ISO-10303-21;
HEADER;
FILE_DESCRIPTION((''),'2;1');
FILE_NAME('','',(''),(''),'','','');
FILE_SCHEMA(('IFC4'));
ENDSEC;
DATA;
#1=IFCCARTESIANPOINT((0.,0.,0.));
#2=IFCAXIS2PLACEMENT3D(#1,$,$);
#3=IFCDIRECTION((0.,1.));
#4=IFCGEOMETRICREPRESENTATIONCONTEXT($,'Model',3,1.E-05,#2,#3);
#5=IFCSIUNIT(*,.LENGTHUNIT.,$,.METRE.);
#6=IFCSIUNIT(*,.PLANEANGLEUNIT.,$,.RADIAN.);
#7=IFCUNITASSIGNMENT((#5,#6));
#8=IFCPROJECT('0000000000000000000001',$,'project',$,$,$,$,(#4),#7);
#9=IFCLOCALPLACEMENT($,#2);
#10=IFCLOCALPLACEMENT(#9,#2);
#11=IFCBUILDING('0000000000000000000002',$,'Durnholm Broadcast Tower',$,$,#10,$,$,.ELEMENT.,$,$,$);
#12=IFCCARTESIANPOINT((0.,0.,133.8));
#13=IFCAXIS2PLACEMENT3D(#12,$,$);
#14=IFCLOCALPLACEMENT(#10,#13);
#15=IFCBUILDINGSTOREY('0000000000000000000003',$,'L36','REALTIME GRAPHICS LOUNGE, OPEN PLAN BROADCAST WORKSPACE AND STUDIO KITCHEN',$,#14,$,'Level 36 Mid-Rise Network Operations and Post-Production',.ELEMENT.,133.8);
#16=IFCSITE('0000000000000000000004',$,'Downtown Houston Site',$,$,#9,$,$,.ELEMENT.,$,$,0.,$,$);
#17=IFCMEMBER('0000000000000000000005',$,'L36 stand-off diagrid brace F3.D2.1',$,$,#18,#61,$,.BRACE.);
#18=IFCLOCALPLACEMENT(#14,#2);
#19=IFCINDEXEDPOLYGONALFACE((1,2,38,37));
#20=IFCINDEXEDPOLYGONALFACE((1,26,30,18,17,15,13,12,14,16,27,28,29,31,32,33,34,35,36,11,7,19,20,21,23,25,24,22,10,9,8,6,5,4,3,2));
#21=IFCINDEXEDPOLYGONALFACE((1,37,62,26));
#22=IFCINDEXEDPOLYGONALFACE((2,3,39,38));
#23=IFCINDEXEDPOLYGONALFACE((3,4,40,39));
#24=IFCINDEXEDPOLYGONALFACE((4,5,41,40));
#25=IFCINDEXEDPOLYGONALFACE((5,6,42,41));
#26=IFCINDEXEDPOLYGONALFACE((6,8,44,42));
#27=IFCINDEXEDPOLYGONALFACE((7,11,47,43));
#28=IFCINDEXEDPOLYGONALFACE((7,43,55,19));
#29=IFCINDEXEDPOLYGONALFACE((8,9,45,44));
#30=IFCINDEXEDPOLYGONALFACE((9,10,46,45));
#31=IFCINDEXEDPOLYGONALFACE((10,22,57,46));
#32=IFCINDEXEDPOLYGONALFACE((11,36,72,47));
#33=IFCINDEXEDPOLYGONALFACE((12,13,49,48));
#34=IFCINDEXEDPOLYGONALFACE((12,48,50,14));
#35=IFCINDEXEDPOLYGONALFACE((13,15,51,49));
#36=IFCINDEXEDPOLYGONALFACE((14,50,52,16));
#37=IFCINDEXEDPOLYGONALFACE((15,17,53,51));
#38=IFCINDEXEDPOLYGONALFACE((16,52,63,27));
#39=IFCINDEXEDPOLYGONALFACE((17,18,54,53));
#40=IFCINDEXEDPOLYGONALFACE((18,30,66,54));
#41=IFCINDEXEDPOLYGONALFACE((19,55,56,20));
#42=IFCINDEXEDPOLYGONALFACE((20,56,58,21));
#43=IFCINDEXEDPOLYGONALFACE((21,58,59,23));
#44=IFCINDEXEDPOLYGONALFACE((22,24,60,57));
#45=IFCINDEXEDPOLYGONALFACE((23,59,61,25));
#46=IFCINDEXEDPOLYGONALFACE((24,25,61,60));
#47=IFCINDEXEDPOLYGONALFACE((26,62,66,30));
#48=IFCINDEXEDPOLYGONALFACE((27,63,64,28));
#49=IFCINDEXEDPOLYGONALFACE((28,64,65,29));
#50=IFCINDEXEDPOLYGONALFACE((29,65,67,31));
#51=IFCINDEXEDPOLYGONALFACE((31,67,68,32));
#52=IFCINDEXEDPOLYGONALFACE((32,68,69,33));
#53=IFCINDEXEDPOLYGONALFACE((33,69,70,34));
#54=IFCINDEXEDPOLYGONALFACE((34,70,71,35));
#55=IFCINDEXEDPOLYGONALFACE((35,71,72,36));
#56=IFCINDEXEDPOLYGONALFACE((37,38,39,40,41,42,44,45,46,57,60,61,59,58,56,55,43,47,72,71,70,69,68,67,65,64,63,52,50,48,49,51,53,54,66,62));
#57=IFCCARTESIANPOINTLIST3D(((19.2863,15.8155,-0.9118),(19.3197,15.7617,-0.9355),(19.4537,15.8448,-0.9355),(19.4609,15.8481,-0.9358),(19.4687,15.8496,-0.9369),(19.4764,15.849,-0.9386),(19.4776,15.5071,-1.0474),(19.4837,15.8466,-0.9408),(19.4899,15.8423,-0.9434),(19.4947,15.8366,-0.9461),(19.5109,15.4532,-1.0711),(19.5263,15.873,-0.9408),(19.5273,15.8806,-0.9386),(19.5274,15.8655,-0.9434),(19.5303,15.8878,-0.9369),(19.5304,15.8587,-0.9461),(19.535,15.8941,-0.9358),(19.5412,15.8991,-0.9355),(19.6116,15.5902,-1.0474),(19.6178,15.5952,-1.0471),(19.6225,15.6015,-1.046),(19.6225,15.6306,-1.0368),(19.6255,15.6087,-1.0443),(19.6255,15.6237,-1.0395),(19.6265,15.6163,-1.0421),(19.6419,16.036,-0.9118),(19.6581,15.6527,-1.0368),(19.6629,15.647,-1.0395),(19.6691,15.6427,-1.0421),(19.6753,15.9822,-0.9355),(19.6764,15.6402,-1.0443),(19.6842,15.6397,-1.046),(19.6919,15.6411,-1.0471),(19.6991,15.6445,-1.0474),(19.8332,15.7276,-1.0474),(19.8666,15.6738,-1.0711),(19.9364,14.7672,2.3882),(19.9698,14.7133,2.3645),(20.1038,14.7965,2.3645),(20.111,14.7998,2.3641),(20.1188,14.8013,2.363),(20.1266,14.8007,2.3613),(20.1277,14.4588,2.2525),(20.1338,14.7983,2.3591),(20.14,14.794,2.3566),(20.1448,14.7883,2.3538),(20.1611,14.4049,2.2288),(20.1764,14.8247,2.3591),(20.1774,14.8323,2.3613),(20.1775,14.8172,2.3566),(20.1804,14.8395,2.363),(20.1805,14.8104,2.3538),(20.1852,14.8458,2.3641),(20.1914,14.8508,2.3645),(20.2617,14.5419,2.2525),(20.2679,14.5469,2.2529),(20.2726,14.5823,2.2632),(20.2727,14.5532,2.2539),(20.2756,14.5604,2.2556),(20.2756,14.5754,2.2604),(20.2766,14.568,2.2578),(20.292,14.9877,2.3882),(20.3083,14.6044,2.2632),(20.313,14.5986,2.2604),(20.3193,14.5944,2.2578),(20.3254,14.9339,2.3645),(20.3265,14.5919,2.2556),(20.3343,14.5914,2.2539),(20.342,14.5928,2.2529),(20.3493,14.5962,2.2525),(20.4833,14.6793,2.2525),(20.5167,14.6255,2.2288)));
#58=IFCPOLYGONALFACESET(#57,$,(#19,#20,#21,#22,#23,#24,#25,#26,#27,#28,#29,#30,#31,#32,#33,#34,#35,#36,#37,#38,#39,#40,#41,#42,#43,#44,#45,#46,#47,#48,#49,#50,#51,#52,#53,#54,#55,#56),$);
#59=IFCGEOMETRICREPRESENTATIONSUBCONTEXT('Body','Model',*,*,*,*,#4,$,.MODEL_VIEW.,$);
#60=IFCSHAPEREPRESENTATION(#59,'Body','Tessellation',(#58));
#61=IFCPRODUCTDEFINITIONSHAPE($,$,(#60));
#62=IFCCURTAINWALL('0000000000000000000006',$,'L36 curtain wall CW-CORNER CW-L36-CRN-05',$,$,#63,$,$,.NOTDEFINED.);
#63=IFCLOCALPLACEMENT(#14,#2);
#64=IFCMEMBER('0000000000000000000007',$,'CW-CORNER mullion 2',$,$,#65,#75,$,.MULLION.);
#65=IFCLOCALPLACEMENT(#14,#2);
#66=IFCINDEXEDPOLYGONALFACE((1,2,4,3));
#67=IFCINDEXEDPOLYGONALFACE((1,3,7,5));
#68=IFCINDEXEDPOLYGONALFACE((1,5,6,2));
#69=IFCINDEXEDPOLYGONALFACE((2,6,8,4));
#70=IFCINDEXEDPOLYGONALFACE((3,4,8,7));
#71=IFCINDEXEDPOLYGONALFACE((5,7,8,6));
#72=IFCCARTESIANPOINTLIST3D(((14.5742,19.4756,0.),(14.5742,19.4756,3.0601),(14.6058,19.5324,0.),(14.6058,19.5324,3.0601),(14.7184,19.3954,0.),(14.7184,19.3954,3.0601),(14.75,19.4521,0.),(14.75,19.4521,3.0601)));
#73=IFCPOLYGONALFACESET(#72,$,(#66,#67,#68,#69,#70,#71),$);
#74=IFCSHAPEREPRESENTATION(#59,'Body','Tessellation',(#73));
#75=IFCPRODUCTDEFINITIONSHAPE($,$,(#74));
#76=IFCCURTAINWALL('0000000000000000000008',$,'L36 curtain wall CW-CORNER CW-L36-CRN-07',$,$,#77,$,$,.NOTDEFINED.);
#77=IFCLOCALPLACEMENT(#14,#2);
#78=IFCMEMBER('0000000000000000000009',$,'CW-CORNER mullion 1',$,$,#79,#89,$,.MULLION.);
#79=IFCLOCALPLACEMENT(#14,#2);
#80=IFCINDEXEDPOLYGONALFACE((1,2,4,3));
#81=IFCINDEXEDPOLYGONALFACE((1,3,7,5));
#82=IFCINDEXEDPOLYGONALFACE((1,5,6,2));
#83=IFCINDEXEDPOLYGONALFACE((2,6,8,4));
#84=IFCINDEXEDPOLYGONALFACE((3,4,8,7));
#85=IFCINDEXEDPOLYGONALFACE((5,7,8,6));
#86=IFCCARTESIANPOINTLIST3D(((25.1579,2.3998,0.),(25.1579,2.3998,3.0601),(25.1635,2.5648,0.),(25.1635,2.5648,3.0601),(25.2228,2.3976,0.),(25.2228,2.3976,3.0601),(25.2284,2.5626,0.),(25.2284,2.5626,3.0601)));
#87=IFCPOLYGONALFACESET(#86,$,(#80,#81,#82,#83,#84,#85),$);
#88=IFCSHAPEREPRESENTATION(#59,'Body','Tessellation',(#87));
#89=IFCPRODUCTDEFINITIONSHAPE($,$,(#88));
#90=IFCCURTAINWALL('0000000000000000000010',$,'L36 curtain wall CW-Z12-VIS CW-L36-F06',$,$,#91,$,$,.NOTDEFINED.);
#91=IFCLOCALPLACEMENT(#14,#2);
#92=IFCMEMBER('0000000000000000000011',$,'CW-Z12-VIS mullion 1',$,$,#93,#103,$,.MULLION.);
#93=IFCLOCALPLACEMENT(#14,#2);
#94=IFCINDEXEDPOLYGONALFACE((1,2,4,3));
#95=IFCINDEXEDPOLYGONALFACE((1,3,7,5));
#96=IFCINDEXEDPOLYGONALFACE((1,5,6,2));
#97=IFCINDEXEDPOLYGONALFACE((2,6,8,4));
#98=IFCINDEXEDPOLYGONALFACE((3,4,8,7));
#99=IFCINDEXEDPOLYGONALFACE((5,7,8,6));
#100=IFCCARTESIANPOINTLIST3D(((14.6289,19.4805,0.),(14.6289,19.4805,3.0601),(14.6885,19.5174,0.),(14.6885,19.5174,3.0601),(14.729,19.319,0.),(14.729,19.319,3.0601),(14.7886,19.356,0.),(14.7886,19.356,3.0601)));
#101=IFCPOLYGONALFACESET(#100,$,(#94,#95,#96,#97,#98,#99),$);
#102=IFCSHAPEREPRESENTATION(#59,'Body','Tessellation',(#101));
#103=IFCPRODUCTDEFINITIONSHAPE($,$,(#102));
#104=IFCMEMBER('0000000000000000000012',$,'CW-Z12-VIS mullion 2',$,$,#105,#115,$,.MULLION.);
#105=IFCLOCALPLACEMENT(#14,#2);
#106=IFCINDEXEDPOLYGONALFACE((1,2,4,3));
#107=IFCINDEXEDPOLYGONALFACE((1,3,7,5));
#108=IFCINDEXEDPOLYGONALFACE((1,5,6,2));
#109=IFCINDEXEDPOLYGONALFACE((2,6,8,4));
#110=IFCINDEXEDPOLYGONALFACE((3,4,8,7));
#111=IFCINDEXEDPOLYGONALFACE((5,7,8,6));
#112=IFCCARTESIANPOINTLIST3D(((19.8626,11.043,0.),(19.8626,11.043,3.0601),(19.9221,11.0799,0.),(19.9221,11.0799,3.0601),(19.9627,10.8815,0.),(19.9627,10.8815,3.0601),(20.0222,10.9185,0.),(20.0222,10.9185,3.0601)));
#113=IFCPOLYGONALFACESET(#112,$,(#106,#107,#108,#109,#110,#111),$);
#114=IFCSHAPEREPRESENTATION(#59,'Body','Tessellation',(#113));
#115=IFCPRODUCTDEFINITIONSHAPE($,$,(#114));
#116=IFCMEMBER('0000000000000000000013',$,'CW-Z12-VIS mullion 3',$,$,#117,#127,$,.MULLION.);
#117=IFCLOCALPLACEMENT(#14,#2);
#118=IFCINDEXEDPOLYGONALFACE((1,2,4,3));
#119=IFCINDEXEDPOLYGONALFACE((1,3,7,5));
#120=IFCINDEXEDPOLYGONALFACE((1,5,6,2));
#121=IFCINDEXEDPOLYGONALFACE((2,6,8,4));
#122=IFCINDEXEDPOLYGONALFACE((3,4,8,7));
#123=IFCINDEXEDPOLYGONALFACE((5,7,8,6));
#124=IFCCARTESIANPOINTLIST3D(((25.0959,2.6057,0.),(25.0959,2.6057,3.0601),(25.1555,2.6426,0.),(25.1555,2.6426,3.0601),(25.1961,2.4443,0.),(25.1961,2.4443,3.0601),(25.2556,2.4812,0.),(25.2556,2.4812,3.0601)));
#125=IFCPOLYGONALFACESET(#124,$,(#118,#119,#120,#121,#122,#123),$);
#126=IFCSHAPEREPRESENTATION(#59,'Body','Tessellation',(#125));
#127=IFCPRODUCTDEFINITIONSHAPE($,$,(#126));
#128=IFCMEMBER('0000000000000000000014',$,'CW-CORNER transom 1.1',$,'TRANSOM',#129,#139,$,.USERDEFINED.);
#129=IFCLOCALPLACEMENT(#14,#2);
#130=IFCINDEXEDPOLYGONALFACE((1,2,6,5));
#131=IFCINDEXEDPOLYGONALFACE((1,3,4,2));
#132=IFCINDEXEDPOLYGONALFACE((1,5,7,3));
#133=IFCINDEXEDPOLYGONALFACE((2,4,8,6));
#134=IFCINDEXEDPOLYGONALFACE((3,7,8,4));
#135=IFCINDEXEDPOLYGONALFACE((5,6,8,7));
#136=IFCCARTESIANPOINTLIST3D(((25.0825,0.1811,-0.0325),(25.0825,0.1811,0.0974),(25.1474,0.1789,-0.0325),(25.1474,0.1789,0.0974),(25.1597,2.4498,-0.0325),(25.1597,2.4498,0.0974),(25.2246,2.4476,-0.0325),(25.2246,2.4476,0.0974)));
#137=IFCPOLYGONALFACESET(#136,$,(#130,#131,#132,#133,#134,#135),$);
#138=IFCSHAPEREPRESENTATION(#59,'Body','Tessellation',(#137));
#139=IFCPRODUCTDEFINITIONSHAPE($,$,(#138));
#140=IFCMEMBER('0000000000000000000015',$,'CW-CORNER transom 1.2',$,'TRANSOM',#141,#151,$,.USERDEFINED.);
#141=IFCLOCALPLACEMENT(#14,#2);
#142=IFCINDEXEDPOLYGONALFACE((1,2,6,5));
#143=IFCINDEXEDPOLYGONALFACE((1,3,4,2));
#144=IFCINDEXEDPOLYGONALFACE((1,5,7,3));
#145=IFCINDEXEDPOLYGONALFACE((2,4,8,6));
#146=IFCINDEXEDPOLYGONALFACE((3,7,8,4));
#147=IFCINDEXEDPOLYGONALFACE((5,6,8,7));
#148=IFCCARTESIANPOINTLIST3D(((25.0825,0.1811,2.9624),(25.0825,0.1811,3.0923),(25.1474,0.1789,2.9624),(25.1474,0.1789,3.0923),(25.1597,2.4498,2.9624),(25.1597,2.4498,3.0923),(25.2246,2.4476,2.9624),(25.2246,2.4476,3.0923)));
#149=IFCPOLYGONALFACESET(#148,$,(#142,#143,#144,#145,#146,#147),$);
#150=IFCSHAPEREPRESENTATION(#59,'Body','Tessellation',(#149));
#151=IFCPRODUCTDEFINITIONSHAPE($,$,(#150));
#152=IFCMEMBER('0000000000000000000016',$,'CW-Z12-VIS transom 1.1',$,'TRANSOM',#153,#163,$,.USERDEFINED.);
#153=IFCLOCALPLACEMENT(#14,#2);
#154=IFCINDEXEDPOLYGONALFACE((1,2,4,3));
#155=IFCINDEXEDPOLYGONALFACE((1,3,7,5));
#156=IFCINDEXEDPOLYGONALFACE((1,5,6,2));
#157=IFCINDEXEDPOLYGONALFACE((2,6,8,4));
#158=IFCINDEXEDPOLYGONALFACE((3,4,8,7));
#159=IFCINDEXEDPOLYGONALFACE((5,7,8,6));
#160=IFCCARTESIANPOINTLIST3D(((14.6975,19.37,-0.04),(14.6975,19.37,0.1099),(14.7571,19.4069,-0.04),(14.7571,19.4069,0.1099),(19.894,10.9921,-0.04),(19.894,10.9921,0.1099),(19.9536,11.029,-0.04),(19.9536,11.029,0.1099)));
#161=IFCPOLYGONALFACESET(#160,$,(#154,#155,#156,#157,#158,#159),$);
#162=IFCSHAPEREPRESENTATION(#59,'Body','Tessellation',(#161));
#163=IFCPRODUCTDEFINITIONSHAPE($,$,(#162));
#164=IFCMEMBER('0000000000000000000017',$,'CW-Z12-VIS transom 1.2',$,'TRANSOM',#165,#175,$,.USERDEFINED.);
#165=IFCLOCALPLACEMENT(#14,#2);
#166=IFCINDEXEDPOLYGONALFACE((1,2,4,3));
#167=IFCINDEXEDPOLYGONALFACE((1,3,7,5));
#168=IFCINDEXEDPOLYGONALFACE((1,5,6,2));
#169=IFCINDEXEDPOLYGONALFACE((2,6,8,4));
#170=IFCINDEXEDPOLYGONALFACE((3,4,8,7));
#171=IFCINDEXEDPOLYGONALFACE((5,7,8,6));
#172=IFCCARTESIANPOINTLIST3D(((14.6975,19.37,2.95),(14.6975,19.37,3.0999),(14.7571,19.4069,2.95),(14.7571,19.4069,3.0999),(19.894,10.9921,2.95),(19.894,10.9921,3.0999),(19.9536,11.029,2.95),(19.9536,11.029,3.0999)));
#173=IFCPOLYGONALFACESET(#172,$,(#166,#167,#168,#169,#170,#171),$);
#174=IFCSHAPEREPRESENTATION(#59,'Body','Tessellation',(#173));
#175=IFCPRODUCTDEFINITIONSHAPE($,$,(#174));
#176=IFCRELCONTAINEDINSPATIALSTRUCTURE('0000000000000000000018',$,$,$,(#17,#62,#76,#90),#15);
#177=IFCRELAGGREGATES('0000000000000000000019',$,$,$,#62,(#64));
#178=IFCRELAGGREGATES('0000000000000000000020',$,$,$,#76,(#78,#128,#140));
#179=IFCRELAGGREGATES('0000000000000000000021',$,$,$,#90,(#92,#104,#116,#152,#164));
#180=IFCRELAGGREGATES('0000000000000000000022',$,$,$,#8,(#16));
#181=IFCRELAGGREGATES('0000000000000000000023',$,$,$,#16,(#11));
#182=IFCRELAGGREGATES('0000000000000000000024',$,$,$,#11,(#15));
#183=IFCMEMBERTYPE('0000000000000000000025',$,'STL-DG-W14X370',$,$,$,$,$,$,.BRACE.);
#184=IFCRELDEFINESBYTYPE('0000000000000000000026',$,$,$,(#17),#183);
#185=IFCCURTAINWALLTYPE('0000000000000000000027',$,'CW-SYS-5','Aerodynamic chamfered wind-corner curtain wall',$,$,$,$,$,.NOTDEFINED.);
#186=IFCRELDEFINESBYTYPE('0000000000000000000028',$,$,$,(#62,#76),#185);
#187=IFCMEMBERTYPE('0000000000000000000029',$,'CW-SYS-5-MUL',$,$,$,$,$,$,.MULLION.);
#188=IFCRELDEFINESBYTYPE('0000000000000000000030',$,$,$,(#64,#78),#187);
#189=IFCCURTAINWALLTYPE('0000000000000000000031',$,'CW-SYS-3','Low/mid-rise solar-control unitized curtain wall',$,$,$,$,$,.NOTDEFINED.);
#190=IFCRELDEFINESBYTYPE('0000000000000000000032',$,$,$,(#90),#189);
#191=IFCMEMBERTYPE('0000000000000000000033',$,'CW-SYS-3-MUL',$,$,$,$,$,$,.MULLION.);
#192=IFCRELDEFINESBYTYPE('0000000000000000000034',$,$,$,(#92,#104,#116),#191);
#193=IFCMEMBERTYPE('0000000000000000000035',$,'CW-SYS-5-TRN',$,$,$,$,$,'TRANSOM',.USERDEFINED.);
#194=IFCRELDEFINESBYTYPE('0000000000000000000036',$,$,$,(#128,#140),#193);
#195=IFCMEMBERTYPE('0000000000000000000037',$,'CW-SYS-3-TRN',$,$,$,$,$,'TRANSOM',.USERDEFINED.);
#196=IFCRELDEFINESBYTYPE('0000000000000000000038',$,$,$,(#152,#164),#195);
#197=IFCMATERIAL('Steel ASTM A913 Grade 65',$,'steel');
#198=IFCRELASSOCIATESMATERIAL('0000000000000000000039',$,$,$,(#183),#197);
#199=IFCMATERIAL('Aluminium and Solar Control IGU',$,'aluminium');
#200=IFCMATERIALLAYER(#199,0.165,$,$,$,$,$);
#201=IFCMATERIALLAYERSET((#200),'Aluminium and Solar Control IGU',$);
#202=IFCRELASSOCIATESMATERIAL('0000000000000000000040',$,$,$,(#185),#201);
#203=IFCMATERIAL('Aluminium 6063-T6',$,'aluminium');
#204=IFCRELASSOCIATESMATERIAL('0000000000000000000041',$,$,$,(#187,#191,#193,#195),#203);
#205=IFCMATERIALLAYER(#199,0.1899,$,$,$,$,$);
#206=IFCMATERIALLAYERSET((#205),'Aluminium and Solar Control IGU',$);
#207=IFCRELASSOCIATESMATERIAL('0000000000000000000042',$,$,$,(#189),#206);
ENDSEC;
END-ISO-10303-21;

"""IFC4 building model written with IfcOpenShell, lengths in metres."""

from ifc_helpers import new_model, si_unit, direction, frame, origin, origin_2d, place, context, subcontext, project, spatial, rectangle, i_section, extrude, source, transform, mapped, material, layer, layer_set, material_profile, profile_set, type_object, type_shapes, element, aggregate, save


model = new_model("IFC4")

# Units and contexts
model_context = context("Model", 3, precision=1e-05, world=origin(), true_north=direction((0.0, 1.0)))
body_context = subcontext(model_context, "Body", "Model", "MODEL_VIEW")
ifc_project = project(units=[si_unit("LENGTHUNIT", "METRE"), si_unit("PLANEANGLEUNIT", "RADIAN")], contexts=[model_context])

# Site, building, storey
site_placement = place(None, origin())
site = spatial("IfcSite", under=ifc_project, at=site_placement, Name="Downtown Houston Site", CompositionType="ELEMENT", RefElevation=0.0)
building_placement = place(site_placement, origin())
building = spatial("IfcBuilding", under=site, at=building_placement, Name="Durnholm Broadcast Tower", CompositionType="ELEMENT")
storey_placement = place(building_placement, frame((0.0, 0.0, 133.8)))
storey = spatial("IfcBuildingStorey", under=building, at=storey_placement, Name="L36", Description="REALTIME GRAPHICS LOUNGE, OPEN PLAN BROADCAST WORKSPACE AND STUDIO KITCHEN", LongName="Level 36 Mid-Rise Network Operations and Post-Production", CompositionType="ELEMENT", Elevation=133.8)

# Member
ifc_material_1 = material(Name="Steel ASTM A913 Grade 65", Category="steel")
ifc_material_profile_1 = material_profile(ifc_material_1, i_section(OverallWidth=0.4185, OverallDepth=0.4551, WebThickness=0.042, FlangeThickness=0.0676, FilletRadius=0.0305, at=origin_2d()), Name="W14X370")
ifc_profile_set_1 = profile_set([ifc_material_profile_1], Name="Steel ASTM A913 Grade 65")
member_type_1 = type_object("IfcMemberType", Name="STL-DG-W14X370", PredefinedType="BRACE", material=ifc_profile_set_1)
shared_shape_1 = source(origin(), body_context, "Body", "SweptSolid", [
    extrude(i_section(OverallWidth=0.4185, OverallDepth=0.4551, WebThickness=0.042, FlangeThickness=0.0676, FilletRadius=0.0305, at=origin_2d()), origin(), (0.0, 0.0, 1.0), 3.5229),
])
member_1_placement = place(storey_placement, frame((19.5764, 15.7446, -0.9915), z_axis=(0.18454, -0.297564, 0.936697), x_axis=(0.849839, 0.527043, 0.0)))
element("IfcMember", 1, at=member_1_placement, inside=storey, type_object=member_type_1, Name="L36 stand-off diagrid brace F3.D2.1", PredefinedType="BRACE", context=body_context, shape_type="MappedRepresentation", body=[
    mapped(shared_shape_1, transform((0.0, 0.0, 0.0), x_axis=(1.0, 0.0, 0.0), y_axis=(0.0, 1.0, 0.0), z_axis=(0.0, 0.0, 1.0), scale=1.0)),
])

# Curtain walls, members
ifc_material_2 = material(Name="Aluminium and Solar Control IGU", Category="aluminium")
ifc_layer_1 = layer(ifc_material_2, 0.165)
ifc_layer_set_1 = layer_set([ifc_layer_1], Name="Aluminium and Solar Control IGU")
curtain_wall_type_1 = type_object("IfcCurtainWallType", Name="CW-SYS-5", Description="Aerodynamic chamfered wind-corner curtain wall", PredefinedType="NOTDEFINED", material=ifc_layer_set_1)
curtain_wall_1_placement = place(storey_placement, origin())
curtain_wall_1 = element("IfcCurtainWall", 2, at=curtain_wall_1_placement, inside=storey, type_object=curtain_wall_type_1, Name="L36 curtain wall CW-CORNER CW-L36-CRN-05", PredefinedType="NOTDEFINED")
ifc_material_3 = material(Name="Aluminium 6063-T6", Category="aluminium")
ifc_material_profile_2 = material_profile(ifc_material_3, rectangle(XDim=0.0649, YDim=0.165, at=origin_2d()), Name="CWM65X165")
ifc_profile_set_2 = profile_set([ifc_material_profile_2], Name="Aluminium 6063-T6")
member_type_2 = type_object("IfcMemberType", Name="CW-SYS-5-MUL", PredefinedType="MULLION", material=ifc_profile_set_2)
shared_shape_2 = source(origin(), body_context, "Body", "SweptSolid", [
    extrude(rectangle(XDim=0.0649, YDim=0.165, at=origin_2d()), origin(), (0.0, 0.0, 1.0), 3.0601),
])
type_shapes(member_type_2, [shared_shape_2])
member_2_placement = place(storey_placement, frame((14.6621, 19.4639, 0.0), z_axis=(0.0, 0.0, 1.0), x_axis=(0.486244, 0.873823, 0.0)))
member_2 = element("IfcMember", 3, at=member_2_placement, type_object=member_type_2, Name="CW-CORNER mullion 2", PredefinedType="MULLION", context=body_context, shape_type="MappedRepresentation", body=[
    mapped(shared_shape_2, transform((0.0, 0.0, 0.0), x_axis=(1.0, 0.0, 0.0), y_axis=(0.0, 1.0, 0.0), z_axis=(0.0, 0.0, 1.0), scale=1.0)),
])
curtain_wall_2_placement = place(storey_placement, origin())
curtain_wall_2 = element("IfcCurtainWall", 4, at=curtain_wall_2_placement, inside=storey, type_object=curtain_wall_type_1, Name="L36 curtain wall CW-CORNER CW-L36-CRN-07", PredefinedType="NOTDEFINED")
member_3_placement = place(storey_placement, frame((25.1931, 2.4812, 0.0), z_axis=(0.0, 0.0, 1.0), x_axis=(0.999425, -0.033917, 0.0)))
member_3 = element("IfcMember", 5, at=member_3_placement, type_object=member_type_2, Name="CW-CORNER mullion 1", PredefinedType="MULLION", context=body_context, shape_type="MappedRepresentation", body=[
    mapped(shared_shape_2, transform((0.0, 0.0, 0.0), x_axis=(1.0, 0.0, 0.0), y_axis=(0.0, 1.0, 0.0), z_axis=(0.0, 0.0, 1.0), scale=1.0)),
])

# Curtain wall, members
ifc_layer_2 = layer(ifc_material_2, 0.1899)
ifc_layer_set_2 = layer_set([ifc_layer_2], Name="Aluminium and Solar Control IGU")
curtain_wall_type_2 = type_object("IfcCurtainWallType", Name="CW-SYS-3", Description="Low/mid-rise solar-control unitized curtain wall", PredefinedType="NOTDEFINED", material=ifc_layer_set_2)
curtain_wall_3_placement = place(storey_placement, origin())
curtain_wall_3 = element("IfcCurtainWall", 6, at=curtain_wall_3_placement, inside=storey, type_object=curtain_wall_type_2, Name="L36 curtain wall CW-Z12-VIS CW-L36-F06", PredefinedType="NOTDEFINED")
ifc_material_profile_3 = material_profile(ifc_material_3, rectangle(XDim=0.0701, YDim=0.1899, at=origin_2d()), Name="CWM70X190")
ifc_profile_set_3 = profile_set([ifc_material_profile_3], Name="Aluminium 6063-T6")
member_type_3 = type_object("IfcMemberType", Name="CW-SYS-3-MUL", PredefinedType="MULLION", material=ifc_profile_set_3)
shared_shape_3 = source(origin(), body_context, "Body", "SweptSolid", [
    extrude(rectangle(XDim=0.0701, YDim=0.1899, at=origin_2d()), origin(), (0.0, 0.0, 1.0), 3.0601),
])
type_shapes(member_type_3, [shared_shape_3])
member_4_placement = place(storey_placement, frame((14.7087, 19.4182, 0.0), z_axis=(0.0, 0.0, 1.0), x_axis=(0.8498, 0.527105, 0.0)))
member_4 = element("IfcMember", 7, at=member_4_placement, type_object=member_type_3, Name="CW-Z12-VIS mullion 1", PredefinedType="MULLION", context=body_context, shape_type="MappedRepresentation", body=[
    mapped(shared_shape_3, transform((0.0, 0.0, 0.0), x_axis=(1.0, 0.0, 0.0), y_axis=(0.0, 1.0, 0.0), z_axis=(0.0, 0.0, 1.0), scale=1.0)),
])
member_5_placement = place(storey_placement, frame((19.9424, 10.9807, 0.0), z_axis=(0.0, 0.0, 1.0), x_axis=(0.8498, 0.527105, 0.0)))
member_5 = element("IfcMember", 8, at=member_5_placement, type_object=member_type_3, Name="CW-Z12-VIS mullion 2", PredefinedType="MULLION", context=body_context, shape_type="MappedRepresentation", body=[
    mapped(shared_shape_3, transform((0.0, 0.0, 0.0), x_axis=(1.0, 0.0, 0.0), y_axis=(0.0, 1.0, 0.0), z_axis=(0.0, 0.0, 1.0), scale=1.0)),
])
member_6_placement = place(storey_placement, frame((25.1758, 2.5435, 0.0), z_axis=(0.0, 0.0, 1.0), x_axis=(0.8498, 0.527105, 0.0)))
member_6 = element("IfcMember", 9, at=member_6_placement, type_object=member_type_3, Name="CW-Z12-VIS mullion 3", PredefinedType="MULLION", context=body_context, shape_type="MappedRepresentation", body=[
    mapped(shared_shape_3, transform((0.0, 0.0, 0.0), x_axis=(1.0, 0.0, 0.0), y_axis=(0.0, 1.0, 0.0), z_axis=(0.0, 0.0, 1.0), scale=1.0)),
])

# Members
ifc_material_profile_4 = material_profile(ifc_material_3, rectangle(XDim=0.0649, YDim=0.1299, at=origin_2d()), Name="CWT65X130")
ifc_profile_set_4 = profile_set([ifc_material_profile_4], Name="Aluminium 6063-T6")
member_type_4 = type_object("IfcMemberType", Name="CW-SYS-5-TRN", ElementType="TRANSOM", PredefinedType="USERDEFINED", material=ifc_profile_set_4)
shared_shape_4 = source(origin(), body_context, "Body", "SweptSolid", [
    extrude(rectangle(XDim=0.0649, YDim=0.1299, at=origin_2d()), origin(), (0.0, 0.0, 1.0), 2.27),
])
type_shapes(member_type_4, [shared_shape_4])
member_7_placement = place(storey_placement, frame((25.1921, 2.4487, 0.0325), z_axis=(-0.033984, -0.999422, 0.0), x_axis=(0.999422, -0.033984, 0.0)))
member_7 = element("IfcMember", 10, at=member_7_placement, type_object=member_type_4, Name="CW-CORNER transom 1.1", ObjectType="TRANSOM", PredefinedType="USERDEFINED", context=body_context, shape_type="MappedRepresentation", body=[
    mapped(shared_shape_4, transform((0.0, 0.0, 0.0), x_axis=(1.0, 0.0, 0.0), y_axis=(0.0, 1.0, 0.0), z_axis=(0.0, 0.0, 1.0), scale=1.0)),
])
member_8_placement = place(storey_placement, frame((25.1921, 2.4487, 3.0273), z_axis=(-0.033984, -0.999422, 0.0), x_axis=(0.999422, -0.033984, 0.0)))
member_8 = element("IfcMember", 11, at=member_8_placement, type_object=member_type_4, Name="CW-CORNER transom 1.2", ObjectType="TRANSOM", PredefinedType="USERDEFINED", context=body_context, shape_type="MappedRepresentation", body=[
    mapped(shared_shape_4, transform((0.0, 0.0, 0.0), x_axis=(1.0, 0.0, 0.0), y_axis=(0.0, 1.0, 0.0), z_axis=(0.0, 0.0, 1.0), scale=1.0)),
])
ifc_material_profile_5 = material_profile(ifc_material_3, rectangle(XDim=0.0701, YDim=0.1499, at=origin_2d()), Name="CWT70X150")
ifc_profile_set_5 = profile_set([ifc_material_profile_5], Name="Aluminium 6063-T6")
member_type_5 = type_object("IfcMemberType", Name="CW-SYS-3-TRN", ElementType="TRANSOM", PredefinedType="USERDEFINED", material=ifc_profile_set_5)
shared_shape_5 = source(origin(), body_context, "Body", "SweptSolid", [
    extrude(rectangle(XDim=0.0701, YDim=0.1499, at=origin_2d()), origin(), (0.0, 0.0, 1.0), 9.8586),
])
member_9_placement = place(storey_placement, frame((14.7273, 19.3884, 0.0349), z_axis=(0.527102, -0.849802, 0.0), x_axis=(0.849802, 0.527102, 0.0)))
member_9 = element("IfcMember", 12, at=member_9_placement, type_object=member_type_5, Name="CW-Z12-VIS transom 1.1", ObjectType="TRANSOM", PredefinedType="USERDEFINED", context=body_context, shape_type="MappedRepresentation", body=[
    mapped(shared_shape_5, transform((0.0, 0.0, 0.0), x_axis=(1.0, 0.0, 0.0), y_axis=(0.0, 1.0, 0.0), z_axis=(0.0, 0.0, 1.0), scale=1.0)),
])
member_10_placement = place(storey_placement, frame((14.7273, 19.3884, 3.0249), z_axis=(0.527102, -0.849802, 0.0), x_axis=(0.849802, 0.527102, 0.0)))
member_10 = element("IfcMember", 13, at=member_10_placement, type_object=member_type_5, Name="CW-Z12-VIS transom 1.2", ObjectType="TRANSOM", PredefinedType="USERDEFINED", context=body_context, shape_type="MappedRepresentation", body=[
    mapped(shared_shape_5, transform((0.0, 0.0, 0.0), x_axis=(1.0, 0.0, 0.0), y_axis=(0.0, 1.0, 0.0), z_axis=(0.0, 0.0, 1.0), scale=1.0)),
])

aggregate(curtain_wall_1, [member_2])
aggregate(curtain_wall_2, [member_3, member_7, member_8])
aggregate(curtain_wall_3, [member_4, member_5, member_6, member_9, member_10])

save(model, "model.ifc")
